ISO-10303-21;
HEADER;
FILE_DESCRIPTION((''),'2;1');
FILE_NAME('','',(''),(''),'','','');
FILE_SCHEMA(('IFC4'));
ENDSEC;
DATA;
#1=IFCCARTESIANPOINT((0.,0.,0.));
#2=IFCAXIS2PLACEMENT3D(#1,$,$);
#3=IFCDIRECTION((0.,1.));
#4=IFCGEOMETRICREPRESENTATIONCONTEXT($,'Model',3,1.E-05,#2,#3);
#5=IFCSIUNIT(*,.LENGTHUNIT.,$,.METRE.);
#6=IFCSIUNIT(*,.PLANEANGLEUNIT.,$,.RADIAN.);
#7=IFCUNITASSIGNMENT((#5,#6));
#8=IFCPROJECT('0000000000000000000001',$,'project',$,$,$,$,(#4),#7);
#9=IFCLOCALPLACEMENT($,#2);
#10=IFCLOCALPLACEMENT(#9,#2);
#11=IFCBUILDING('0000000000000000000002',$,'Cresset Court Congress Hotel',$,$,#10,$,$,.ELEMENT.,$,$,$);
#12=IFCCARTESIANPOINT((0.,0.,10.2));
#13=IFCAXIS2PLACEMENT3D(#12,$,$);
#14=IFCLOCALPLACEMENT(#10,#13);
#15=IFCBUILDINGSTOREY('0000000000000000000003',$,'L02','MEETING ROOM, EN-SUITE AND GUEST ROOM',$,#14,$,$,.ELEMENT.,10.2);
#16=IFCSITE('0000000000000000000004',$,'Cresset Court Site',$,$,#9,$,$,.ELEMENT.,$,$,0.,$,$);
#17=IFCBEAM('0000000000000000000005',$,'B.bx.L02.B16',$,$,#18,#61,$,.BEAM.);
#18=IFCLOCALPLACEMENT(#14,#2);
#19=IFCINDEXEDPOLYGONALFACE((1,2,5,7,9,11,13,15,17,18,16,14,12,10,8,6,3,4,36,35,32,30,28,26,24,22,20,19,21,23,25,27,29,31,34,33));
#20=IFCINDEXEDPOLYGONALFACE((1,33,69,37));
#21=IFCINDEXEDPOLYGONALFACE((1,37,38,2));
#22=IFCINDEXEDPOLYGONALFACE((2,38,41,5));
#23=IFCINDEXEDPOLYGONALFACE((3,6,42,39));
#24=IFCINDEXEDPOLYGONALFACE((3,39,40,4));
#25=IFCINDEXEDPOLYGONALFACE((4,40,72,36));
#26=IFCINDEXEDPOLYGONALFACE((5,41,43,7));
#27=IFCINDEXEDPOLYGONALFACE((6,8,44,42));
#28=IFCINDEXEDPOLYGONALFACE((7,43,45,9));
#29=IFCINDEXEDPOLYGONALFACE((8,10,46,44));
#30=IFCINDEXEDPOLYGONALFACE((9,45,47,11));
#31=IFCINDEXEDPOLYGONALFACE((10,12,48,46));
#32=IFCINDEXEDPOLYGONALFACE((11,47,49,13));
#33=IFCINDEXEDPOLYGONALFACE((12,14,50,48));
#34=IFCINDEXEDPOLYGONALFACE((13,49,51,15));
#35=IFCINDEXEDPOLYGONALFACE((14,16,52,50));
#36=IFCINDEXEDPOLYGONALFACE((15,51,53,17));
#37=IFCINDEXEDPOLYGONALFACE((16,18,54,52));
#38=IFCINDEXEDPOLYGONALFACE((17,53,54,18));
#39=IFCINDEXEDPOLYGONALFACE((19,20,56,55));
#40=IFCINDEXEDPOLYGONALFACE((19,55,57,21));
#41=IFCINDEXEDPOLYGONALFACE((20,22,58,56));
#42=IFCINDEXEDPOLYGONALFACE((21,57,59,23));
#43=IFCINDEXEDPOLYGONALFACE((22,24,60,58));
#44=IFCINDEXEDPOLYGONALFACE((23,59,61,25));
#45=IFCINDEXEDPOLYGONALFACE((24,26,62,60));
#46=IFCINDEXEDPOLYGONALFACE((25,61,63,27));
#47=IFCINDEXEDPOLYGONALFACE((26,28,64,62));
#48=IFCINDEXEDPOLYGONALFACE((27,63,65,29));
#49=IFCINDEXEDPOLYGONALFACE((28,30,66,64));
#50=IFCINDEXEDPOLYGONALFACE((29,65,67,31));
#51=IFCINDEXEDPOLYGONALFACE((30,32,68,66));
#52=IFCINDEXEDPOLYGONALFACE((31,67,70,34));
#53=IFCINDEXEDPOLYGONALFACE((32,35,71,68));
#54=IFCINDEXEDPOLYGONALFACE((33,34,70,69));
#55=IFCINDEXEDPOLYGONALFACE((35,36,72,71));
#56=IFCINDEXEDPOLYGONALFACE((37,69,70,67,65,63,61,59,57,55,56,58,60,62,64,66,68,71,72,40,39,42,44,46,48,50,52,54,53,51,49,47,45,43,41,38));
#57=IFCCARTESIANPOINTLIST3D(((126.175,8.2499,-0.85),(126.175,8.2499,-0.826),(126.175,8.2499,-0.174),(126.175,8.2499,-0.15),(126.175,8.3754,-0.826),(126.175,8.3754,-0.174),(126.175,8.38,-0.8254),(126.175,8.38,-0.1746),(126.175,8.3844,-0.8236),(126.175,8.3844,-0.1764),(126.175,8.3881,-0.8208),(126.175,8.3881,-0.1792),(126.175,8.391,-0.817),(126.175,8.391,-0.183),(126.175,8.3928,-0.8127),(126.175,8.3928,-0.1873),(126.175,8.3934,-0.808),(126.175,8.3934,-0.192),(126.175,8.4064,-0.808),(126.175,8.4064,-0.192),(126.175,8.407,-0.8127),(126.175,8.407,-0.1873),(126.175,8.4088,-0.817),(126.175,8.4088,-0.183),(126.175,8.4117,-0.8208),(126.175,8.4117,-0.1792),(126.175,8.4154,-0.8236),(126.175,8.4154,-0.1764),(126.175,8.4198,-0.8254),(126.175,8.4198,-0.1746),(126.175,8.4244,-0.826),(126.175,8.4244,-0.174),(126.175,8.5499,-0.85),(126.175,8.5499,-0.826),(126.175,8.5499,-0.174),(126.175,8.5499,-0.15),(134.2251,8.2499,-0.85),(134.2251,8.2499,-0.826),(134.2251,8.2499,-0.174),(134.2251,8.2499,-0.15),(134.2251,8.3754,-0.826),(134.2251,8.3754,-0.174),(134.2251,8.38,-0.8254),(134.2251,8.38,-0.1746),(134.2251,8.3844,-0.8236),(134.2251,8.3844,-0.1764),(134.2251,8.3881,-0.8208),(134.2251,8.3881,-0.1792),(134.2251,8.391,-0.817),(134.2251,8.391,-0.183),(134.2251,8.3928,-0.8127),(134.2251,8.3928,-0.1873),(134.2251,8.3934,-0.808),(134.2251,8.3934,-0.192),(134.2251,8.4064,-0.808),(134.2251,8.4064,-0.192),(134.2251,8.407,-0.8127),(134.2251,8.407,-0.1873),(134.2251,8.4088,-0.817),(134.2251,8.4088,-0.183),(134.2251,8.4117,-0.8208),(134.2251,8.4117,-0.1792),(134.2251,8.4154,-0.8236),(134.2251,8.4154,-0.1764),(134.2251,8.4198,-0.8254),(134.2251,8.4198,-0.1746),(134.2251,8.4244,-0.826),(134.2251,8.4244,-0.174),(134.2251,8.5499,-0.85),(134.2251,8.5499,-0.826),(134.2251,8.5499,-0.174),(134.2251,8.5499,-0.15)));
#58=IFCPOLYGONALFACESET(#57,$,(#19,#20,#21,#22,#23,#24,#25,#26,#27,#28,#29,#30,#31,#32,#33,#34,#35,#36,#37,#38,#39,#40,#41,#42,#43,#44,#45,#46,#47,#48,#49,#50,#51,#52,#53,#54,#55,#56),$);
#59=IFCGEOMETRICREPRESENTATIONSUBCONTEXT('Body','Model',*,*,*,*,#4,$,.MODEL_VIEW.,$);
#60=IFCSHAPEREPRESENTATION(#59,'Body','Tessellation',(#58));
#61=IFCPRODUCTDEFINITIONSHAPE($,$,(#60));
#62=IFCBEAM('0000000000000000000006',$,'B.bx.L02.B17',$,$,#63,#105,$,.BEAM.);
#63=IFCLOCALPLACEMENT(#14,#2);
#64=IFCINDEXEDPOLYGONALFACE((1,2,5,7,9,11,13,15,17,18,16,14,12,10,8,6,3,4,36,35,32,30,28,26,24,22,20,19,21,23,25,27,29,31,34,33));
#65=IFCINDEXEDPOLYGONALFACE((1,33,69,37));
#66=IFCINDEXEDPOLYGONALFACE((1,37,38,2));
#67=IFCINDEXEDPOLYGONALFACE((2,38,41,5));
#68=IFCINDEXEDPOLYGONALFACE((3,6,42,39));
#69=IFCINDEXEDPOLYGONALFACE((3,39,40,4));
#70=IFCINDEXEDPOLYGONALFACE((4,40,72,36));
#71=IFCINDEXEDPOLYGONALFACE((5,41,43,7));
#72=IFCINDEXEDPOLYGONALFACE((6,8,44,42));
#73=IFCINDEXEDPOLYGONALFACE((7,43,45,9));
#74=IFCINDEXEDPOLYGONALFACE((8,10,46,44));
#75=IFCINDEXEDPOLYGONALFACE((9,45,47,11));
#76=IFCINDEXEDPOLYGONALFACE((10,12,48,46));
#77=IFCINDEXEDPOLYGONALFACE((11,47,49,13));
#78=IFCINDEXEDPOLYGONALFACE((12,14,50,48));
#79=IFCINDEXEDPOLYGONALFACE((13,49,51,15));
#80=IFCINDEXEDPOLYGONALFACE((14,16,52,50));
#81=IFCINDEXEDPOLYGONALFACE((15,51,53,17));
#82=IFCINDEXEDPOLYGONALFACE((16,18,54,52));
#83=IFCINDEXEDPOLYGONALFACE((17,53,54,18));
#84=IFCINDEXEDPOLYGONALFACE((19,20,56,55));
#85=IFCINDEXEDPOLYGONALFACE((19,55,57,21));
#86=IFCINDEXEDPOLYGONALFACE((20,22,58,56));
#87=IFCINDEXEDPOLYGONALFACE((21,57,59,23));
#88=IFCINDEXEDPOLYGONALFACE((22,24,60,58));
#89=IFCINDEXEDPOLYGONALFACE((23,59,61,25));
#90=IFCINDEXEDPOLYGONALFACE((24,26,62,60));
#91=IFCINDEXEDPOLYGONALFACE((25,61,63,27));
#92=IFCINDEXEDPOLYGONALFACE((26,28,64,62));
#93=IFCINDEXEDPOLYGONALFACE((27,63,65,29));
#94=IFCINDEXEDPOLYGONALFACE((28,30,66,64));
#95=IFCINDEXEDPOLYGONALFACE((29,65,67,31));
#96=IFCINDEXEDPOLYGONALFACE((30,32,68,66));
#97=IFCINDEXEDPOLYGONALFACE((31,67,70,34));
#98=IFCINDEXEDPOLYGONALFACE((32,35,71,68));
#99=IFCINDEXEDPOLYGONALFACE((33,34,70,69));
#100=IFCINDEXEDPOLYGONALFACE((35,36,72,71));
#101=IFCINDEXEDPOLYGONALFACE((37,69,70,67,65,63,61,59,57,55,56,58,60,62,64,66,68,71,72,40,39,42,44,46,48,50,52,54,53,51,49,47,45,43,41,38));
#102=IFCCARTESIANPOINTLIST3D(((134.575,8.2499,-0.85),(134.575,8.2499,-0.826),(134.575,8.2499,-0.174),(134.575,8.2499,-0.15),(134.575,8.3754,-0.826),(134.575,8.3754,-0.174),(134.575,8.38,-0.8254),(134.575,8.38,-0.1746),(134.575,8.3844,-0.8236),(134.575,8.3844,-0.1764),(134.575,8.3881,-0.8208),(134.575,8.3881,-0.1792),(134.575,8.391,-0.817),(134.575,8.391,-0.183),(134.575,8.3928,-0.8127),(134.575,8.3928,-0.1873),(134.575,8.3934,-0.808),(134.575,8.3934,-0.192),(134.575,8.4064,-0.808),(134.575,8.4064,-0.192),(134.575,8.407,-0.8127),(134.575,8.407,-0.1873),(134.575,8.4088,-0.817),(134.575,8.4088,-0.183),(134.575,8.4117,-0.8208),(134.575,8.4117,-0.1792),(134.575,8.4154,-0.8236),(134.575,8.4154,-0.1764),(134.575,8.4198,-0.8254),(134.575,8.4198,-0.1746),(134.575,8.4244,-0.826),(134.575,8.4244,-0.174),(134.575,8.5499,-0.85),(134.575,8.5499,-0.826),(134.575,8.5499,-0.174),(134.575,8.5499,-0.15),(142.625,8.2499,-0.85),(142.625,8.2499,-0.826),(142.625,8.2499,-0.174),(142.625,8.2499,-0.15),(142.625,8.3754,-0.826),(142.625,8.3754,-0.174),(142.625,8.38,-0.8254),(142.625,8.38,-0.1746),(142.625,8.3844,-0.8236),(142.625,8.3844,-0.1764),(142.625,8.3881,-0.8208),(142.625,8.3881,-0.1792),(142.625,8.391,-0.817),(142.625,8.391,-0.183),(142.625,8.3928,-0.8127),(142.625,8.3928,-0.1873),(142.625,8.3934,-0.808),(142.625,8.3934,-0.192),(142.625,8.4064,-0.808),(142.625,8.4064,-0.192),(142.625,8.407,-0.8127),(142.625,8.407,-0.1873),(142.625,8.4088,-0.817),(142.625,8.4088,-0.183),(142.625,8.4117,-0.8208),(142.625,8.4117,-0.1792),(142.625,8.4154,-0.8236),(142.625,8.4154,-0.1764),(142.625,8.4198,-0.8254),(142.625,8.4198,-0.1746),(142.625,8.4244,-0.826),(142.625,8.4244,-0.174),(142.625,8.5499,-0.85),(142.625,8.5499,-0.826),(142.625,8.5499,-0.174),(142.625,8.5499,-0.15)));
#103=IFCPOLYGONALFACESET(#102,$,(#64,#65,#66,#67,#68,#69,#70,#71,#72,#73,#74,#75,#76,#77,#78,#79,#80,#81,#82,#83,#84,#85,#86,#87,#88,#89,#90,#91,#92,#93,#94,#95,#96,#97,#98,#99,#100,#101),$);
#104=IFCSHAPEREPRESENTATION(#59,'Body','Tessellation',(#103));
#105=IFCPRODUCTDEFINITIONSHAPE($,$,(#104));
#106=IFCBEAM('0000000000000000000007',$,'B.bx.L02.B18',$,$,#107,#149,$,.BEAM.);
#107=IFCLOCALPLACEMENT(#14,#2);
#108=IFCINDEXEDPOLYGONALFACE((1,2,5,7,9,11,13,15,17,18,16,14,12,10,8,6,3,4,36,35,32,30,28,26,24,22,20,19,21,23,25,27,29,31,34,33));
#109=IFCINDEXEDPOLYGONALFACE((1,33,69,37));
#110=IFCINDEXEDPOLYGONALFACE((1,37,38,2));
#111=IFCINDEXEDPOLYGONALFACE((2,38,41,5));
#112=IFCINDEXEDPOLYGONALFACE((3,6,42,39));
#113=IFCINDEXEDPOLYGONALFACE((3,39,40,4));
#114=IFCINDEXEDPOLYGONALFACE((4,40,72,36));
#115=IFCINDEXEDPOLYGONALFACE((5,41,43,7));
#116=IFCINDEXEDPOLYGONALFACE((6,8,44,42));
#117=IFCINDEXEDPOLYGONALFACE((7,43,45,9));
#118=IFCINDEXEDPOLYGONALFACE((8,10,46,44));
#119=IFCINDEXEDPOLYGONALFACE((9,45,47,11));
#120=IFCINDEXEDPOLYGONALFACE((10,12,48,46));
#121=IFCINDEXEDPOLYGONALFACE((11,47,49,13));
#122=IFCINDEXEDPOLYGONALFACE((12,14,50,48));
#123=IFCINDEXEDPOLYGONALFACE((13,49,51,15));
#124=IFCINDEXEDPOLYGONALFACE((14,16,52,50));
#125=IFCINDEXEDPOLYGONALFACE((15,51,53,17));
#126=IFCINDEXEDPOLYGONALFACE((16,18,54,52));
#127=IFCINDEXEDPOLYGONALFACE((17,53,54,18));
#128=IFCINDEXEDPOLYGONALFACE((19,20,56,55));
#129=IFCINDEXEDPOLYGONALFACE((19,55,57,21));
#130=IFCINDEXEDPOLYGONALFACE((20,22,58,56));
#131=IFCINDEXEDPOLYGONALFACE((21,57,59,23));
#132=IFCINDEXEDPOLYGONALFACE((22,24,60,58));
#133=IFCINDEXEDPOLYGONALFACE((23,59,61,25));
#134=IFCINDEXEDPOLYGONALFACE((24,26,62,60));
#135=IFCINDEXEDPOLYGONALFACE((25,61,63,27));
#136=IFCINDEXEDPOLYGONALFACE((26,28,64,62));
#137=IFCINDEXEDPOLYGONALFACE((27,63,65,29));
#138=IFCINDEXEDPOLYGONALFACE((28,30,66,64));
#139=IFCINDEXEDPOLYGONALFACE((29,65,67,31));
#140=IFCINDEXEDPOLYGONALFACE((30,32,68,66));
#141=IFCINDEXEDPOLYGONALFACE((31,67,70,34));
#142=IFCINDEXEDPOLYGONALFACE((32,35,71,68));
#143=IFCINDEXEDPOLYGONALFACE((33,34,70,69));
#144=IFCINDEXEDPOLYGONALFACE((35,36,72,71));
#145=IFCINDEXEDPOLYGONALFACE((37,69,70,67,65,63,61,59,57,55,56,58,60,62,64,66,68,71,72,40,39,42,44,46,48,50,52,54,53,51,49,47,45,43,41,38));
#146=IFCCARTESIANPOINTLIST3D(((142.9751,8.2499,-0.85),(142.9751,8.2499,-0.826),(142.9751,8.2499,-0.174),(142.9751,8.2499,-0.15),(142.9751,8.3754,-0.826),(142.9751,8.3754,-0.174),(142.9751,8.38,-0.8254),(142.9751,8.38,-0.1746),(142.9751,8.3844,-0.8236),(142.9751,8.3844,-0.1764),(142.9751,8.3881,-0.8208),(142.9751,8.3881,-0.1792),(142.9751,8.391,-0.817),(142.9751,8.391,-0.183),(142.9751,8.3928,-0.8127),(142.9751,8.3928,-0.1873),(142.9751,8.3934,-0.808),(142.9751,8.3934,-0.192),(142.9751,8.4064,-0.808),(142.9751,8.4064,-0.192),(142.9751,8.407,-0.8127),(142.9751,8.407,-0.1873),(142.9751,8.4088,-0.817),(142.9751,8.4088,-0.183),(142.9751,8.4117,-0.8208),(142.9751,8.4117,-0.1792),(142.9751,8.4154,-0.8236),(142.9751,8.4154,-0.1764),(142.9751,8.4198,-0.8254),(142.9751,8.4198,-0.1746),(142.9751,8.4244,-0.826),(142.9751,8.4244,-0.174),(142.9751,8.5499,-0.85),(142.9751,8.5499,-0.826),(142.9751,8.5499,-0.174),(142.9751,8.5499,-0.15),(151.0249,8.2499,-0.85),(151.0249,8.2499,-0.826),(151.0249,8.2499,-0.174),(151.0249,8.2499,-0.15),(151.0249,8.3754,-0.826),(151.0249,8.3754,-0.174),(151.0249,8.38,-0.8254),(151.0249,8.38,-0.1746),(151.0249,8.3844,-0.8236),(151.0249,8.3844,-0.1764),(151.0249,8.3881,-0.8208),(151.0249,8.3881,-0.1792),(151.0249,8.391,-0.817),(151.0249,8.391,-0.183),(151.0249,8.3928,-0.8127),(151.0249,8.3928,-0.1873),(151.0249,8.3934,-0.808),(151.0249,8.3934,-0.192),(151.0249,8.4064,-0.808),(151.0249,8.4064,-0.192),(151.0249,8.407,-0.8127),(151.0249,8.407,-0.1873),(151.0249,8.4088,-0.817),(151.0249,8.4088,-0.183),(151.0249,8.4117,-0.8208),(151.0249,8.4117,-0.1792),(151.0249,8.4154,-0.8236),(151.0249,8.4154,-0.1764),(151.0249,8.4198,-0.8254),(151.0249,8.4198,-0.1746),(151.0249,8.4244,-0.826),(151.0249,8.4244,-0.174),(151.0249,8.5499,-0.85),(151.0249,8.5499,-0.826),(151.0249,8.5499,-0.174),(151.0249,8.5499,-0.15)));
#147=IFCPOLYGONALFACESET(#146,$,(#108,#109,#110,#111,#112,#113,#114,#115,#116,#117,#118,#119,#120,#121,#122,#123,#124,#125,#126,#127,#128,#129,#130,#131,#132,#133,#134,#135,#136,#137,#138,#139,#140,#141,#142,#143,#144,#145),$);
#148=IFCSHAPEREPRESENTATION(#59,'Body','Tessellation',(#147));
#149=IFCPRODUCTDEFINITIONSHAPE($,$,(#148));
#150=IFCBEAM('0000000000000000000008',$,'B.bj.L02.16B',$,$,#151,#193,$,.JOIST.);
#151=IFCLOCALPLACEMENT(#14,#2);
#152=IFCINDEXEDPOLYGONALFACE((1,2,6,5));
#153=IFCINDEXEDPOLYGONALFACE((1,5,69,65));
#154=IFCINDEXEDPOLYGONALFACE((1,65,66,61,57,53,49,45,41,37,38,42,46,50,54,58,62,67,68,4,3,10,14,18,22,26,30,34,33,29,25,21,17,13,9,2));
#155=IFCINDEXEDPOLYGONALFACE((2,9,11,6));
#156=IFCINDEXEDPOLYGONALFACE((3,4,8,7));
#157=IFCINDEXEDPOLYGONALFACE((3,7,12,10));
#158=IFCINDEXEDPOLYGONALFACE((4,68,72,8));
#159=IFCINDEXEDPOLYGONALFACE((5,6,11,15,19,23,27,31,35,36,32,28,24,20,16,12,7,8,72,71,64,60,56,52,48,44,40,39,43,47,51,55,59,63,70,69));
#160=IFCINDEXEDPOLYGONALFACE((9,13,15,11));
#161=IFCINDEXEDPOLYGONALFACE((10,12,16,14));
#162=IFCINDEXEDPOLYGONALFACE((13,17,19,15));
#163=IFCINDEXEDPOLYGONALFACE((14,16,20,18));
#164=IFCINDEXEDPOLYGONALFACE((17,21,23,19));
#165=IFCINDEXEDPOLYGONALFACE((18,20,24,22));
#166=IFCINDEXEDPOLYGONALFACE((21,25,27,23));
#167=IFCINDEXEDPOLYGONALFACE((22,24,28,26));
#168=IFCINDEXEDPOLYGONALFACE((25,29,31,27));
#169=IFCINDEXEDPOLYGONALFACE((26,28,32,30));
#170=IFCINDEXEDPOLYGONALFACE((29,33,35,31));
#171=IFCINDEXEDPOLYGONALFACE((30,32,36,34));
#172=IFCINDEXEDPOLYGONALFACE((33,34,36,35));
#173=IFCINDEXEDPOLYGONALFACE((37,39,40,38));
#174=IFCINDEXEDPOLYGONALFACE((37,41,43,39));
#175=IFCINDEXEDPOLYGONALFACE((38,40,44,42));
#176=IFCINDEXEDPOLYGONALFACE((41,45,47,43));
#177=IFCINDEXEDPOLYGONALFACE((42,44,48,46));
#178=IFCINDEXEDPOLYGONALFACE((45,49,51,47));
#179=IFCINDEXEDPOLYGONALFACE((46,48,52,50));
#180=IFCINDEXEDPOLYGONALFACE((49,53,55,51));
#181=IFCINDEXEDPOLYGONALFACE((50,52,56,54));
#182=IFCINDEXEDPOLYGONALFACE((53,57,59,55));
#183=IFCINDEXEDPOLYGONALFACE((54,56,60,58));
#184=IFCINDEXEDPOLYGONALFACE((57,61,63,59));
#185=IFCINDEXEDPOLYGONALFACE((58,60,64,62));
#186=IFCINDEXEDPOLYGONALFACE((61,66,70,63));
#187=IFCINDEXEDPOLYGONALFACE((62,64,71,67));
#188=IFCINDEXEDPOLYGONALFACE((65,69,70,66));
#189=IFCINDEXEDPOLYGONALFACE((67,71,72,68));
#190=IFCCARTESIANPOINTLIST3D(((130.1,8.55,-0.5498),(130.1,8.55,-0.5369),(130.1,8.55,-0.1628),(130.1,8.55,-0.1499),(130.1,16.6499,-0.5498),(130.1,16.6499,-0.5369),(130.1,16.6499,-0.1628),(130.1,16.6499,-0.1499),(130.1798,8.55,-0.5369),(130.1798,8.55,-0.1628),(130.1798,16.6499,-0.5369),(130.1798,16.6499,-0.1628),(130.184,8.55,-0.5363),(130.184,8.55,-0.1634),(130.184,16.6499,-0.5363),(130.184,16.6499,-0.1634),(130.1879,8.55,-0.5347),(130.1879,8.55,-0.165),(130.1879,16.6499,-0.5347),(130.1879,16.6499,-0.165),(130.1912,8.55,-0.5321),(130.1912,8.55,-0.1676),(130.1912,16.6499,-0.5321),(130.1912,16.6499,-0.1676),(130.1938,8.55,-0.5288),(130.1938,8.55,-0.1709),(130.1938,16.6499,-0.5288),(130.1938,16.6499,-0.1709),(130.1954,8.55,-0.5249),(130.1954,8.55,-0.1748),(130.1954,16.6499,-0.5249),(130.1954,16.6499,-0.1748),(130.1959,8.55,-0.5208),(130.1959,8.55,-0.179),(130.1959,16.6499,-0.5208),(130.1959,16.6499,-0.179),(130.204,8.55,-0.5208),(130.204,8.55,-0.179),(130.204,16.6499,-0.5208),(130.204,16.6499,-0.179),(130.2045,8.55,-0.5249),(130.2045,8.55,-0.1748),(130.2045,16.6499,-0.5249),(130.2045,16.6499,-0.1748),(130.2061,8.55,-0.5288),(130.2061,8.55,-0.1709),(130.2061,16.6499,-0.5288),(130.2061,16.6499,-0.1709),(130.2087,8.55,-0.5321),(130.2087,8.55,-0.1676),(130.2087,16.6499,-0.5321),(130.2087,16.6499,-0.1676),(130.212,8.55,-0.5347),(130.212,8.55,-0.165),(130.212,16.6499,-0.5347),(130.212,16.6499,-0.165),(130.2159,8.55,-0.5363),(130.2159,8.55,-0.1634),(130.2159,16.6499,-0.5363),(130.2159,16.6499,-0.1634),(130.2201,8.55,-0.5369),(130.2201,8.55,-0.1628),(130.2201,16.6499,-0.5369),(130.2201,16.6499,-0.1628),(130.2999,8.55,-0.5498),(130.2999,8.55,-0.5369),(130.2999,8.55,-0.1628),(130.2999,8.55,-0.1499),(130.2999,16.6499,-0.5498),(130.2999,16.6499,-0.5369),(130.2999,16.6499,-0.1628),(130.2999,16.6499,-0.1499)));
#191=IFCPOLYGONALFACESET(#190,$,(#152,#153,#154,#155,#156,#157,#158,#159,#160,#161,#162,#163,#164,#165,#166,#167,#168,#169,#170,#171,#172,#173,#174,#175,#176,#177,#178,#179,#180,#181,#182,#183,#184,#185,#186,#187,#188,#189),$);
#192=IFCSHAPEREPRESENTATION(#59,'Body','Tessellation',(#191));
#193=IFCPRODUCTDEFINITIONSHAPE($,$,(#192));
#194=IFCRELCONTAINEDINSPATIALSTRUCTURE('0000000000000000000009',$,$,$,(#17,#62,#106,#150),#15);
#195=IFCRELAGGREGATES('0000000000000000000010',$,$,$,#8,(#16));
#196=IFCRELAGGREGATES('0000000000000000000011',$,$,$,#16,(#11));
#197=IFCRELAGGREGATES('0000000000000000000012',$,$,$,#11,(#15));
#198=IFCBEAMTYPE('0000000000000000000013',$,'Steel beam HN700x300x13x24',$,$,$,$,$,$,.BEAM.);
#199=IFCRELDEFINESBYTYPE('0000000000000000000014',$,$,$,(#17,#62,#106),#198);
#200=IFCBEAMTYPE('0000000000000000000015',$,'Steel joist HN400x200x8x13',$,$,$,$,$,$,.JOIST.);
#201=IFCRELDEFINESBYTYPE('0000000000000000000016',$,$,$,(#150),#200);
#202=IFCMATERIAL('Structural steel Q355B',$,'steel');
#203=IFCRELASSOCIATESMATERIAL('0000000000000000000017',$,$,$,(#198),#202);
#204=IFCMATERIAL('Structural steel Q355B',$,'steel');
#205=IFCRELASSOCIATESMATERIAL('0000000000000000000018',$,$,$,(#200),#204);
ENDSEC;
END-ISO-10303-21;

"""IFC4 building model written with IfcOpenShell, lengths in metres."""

from ifc_helpers import new_model, si_unit, direction, frame, origin, origin_2d, place, context, subcontext, project, spatial, i_section, extrude, material, material_profile, profile_set, type_object, element, save


model = new_model("IFC4")

# Units and contexts
model_context = context("Model", 3, precision=1e-05, world=origin(), true_north=direction((0.0, 1.0)))
body_context = subcontext(model_context, "Body", "Model", "MODEL_VIEW")
ifc_project = project(units=[si_unit("LENGTHUNIT", "METRE"), si_unit("PLANEANGLEUNIT", "RADIAN")], contexts=[model_context])

# Site, building, storey
site_placement = place(None, origin())
site = spatial("IfcSite", under=ifc_project, at=site_placement, Name="Cresset Court Site", CompositionType="ELEMENT", RefElevation=0.0)
building_placement = place(site_placement, origin())
building = spatial("IfcBuilding", under=site, at=building_placement, Name="Cresset Court Congress Hotel", CompositionType="ELEMENT")
storey_placement = place(building_placement, frame((0.0, 0.0, 10.2)))
storey = spatial("IfcBuildingStorey", under=building, at=storey_placement, Name="L02", Description="MEETING ROOM, EN-SUITE AND GUEST ROOM", CompositionType="ELEMENT", Elevation=10.2)

# Beams
ifc_material_1 = material(Name="Structural steel Q355B", Category="steel")
ifc_material_profile_1 = material_profile(ifc_material_1, i_section(OverallWidth=0.3, OverallDepth=0.7, WebThickness=0.0129, FlangeThickness=0.0239, FilletRadius=0.0181, at=origin_2d()), Name="HN700x300x13x24")
ifc_profile_set_1 = profile_set([ifc_material_profile_1], Name="Structural steel Q355B")
beam_type_1 = type_object("IfcBeamType", Name="Steel beam HN700x300x13x24", PredefinedType="BEAM", material=ifc_profile_set_1)
for number, where, z_axis, x_axis, name in (
    (1, (126.175, 8.3999, -0.5), (1.0, 0.0, 0.0), (0.0, 1.0, 0.0), "B.bx.L02.B16"),
    (2, (134.575, 8.3999, -0.5), (1.0, 0.0, 0.0), (0.0, 1.0, 0.0), "B.bx.L02.B17"),
):
    element("IfcBeam", number, at=place(storey_placement, frame(where, z_axis=z_axis, x_axis=x_axis)), inside=storey, type_object=beam_type_1, Name=name, PredefinedType="BEAM", context=body_context, shape_type="SweptSolid", body=[
        extrude(i_section(OverallWidth=0.3, OverallDepth=0.7, WebThickness=0.0129, FlangeThickness=0.0239, FilletRadius=0.0181, at=origin_2d()), origin(), (0.0, 0.0, 1.0), 8.05),
    ])
beam_placement = place(storey_placement, frame((142.9751, 8.3999, -0.5), z_axis=(1.0, 0.0, 0.0), x_axis=(0.0, 1.0, 0.0)))
element("IfcBeam", 3, at=beam_placement, inside=storey, type_object=beam_type_1, Name="B.bx.L02.B18", PredefinedType="BEAM", context=body_context, shape_type="SweptSolid", body=[
    extrude(i_section(OverallWidth=0.3, OverallDepth=0.7, WebThickness=0.0129, FlangeThickness=0.0239, FilletRadius=0.0181, at=origin_2d()), origin(), (0.0, 0.0, 1.0), 8.0498),
])
ifc_material_2 = material(Name="Structural steel Q355B", Category="steel")
ifc_material_profile_2 = material_profile(ifc_material_2, i_section(OverallWidth=0.2, OverallDepth=0.3999, WebThickness=0.0081, FlangeThickness=0.0129, FilletRadius=0.0161, at=origin_2d()), Name="HN400x200x8x13")
ifc_profile_set_2 = profile_set([ifc_material_profile_2], Name="Structural steel Q355B")
beam_type_2 = type_object("IfcBeamType", Name="Steel joist HN400x200x8x13", PredefinedType="JOIST", material=ifc_profile_set_2)
for number, where, z_axis, x_axis, name in (
    (4, (130.2, 8.55, -0.3499), (0.0, 1.0, 0.0), (-1.0, 0.0, 0.0), "B.bj.L02.16B"),
):
    element("IfcBeam", number, at=place(storey_placement, frame(where, z_axis=z_axis, x_axis=x_axis)), inside=storey, type_object=beam_type_2, Name=name, PredefinedType="JOIST", context=body_context, shape_type="SweptSolid", body=[
        extrude(i_section(OverallWidth=0.2, OverallDepth=0.3999, WebThickness=0.0081, FlangeThickness=0.0129, FilletRadius=0.0161, at=origin_2d()), origin(), (0.0, 0.0, 1.0), 8.0999),
    ])

save(model, "model.ifc")
